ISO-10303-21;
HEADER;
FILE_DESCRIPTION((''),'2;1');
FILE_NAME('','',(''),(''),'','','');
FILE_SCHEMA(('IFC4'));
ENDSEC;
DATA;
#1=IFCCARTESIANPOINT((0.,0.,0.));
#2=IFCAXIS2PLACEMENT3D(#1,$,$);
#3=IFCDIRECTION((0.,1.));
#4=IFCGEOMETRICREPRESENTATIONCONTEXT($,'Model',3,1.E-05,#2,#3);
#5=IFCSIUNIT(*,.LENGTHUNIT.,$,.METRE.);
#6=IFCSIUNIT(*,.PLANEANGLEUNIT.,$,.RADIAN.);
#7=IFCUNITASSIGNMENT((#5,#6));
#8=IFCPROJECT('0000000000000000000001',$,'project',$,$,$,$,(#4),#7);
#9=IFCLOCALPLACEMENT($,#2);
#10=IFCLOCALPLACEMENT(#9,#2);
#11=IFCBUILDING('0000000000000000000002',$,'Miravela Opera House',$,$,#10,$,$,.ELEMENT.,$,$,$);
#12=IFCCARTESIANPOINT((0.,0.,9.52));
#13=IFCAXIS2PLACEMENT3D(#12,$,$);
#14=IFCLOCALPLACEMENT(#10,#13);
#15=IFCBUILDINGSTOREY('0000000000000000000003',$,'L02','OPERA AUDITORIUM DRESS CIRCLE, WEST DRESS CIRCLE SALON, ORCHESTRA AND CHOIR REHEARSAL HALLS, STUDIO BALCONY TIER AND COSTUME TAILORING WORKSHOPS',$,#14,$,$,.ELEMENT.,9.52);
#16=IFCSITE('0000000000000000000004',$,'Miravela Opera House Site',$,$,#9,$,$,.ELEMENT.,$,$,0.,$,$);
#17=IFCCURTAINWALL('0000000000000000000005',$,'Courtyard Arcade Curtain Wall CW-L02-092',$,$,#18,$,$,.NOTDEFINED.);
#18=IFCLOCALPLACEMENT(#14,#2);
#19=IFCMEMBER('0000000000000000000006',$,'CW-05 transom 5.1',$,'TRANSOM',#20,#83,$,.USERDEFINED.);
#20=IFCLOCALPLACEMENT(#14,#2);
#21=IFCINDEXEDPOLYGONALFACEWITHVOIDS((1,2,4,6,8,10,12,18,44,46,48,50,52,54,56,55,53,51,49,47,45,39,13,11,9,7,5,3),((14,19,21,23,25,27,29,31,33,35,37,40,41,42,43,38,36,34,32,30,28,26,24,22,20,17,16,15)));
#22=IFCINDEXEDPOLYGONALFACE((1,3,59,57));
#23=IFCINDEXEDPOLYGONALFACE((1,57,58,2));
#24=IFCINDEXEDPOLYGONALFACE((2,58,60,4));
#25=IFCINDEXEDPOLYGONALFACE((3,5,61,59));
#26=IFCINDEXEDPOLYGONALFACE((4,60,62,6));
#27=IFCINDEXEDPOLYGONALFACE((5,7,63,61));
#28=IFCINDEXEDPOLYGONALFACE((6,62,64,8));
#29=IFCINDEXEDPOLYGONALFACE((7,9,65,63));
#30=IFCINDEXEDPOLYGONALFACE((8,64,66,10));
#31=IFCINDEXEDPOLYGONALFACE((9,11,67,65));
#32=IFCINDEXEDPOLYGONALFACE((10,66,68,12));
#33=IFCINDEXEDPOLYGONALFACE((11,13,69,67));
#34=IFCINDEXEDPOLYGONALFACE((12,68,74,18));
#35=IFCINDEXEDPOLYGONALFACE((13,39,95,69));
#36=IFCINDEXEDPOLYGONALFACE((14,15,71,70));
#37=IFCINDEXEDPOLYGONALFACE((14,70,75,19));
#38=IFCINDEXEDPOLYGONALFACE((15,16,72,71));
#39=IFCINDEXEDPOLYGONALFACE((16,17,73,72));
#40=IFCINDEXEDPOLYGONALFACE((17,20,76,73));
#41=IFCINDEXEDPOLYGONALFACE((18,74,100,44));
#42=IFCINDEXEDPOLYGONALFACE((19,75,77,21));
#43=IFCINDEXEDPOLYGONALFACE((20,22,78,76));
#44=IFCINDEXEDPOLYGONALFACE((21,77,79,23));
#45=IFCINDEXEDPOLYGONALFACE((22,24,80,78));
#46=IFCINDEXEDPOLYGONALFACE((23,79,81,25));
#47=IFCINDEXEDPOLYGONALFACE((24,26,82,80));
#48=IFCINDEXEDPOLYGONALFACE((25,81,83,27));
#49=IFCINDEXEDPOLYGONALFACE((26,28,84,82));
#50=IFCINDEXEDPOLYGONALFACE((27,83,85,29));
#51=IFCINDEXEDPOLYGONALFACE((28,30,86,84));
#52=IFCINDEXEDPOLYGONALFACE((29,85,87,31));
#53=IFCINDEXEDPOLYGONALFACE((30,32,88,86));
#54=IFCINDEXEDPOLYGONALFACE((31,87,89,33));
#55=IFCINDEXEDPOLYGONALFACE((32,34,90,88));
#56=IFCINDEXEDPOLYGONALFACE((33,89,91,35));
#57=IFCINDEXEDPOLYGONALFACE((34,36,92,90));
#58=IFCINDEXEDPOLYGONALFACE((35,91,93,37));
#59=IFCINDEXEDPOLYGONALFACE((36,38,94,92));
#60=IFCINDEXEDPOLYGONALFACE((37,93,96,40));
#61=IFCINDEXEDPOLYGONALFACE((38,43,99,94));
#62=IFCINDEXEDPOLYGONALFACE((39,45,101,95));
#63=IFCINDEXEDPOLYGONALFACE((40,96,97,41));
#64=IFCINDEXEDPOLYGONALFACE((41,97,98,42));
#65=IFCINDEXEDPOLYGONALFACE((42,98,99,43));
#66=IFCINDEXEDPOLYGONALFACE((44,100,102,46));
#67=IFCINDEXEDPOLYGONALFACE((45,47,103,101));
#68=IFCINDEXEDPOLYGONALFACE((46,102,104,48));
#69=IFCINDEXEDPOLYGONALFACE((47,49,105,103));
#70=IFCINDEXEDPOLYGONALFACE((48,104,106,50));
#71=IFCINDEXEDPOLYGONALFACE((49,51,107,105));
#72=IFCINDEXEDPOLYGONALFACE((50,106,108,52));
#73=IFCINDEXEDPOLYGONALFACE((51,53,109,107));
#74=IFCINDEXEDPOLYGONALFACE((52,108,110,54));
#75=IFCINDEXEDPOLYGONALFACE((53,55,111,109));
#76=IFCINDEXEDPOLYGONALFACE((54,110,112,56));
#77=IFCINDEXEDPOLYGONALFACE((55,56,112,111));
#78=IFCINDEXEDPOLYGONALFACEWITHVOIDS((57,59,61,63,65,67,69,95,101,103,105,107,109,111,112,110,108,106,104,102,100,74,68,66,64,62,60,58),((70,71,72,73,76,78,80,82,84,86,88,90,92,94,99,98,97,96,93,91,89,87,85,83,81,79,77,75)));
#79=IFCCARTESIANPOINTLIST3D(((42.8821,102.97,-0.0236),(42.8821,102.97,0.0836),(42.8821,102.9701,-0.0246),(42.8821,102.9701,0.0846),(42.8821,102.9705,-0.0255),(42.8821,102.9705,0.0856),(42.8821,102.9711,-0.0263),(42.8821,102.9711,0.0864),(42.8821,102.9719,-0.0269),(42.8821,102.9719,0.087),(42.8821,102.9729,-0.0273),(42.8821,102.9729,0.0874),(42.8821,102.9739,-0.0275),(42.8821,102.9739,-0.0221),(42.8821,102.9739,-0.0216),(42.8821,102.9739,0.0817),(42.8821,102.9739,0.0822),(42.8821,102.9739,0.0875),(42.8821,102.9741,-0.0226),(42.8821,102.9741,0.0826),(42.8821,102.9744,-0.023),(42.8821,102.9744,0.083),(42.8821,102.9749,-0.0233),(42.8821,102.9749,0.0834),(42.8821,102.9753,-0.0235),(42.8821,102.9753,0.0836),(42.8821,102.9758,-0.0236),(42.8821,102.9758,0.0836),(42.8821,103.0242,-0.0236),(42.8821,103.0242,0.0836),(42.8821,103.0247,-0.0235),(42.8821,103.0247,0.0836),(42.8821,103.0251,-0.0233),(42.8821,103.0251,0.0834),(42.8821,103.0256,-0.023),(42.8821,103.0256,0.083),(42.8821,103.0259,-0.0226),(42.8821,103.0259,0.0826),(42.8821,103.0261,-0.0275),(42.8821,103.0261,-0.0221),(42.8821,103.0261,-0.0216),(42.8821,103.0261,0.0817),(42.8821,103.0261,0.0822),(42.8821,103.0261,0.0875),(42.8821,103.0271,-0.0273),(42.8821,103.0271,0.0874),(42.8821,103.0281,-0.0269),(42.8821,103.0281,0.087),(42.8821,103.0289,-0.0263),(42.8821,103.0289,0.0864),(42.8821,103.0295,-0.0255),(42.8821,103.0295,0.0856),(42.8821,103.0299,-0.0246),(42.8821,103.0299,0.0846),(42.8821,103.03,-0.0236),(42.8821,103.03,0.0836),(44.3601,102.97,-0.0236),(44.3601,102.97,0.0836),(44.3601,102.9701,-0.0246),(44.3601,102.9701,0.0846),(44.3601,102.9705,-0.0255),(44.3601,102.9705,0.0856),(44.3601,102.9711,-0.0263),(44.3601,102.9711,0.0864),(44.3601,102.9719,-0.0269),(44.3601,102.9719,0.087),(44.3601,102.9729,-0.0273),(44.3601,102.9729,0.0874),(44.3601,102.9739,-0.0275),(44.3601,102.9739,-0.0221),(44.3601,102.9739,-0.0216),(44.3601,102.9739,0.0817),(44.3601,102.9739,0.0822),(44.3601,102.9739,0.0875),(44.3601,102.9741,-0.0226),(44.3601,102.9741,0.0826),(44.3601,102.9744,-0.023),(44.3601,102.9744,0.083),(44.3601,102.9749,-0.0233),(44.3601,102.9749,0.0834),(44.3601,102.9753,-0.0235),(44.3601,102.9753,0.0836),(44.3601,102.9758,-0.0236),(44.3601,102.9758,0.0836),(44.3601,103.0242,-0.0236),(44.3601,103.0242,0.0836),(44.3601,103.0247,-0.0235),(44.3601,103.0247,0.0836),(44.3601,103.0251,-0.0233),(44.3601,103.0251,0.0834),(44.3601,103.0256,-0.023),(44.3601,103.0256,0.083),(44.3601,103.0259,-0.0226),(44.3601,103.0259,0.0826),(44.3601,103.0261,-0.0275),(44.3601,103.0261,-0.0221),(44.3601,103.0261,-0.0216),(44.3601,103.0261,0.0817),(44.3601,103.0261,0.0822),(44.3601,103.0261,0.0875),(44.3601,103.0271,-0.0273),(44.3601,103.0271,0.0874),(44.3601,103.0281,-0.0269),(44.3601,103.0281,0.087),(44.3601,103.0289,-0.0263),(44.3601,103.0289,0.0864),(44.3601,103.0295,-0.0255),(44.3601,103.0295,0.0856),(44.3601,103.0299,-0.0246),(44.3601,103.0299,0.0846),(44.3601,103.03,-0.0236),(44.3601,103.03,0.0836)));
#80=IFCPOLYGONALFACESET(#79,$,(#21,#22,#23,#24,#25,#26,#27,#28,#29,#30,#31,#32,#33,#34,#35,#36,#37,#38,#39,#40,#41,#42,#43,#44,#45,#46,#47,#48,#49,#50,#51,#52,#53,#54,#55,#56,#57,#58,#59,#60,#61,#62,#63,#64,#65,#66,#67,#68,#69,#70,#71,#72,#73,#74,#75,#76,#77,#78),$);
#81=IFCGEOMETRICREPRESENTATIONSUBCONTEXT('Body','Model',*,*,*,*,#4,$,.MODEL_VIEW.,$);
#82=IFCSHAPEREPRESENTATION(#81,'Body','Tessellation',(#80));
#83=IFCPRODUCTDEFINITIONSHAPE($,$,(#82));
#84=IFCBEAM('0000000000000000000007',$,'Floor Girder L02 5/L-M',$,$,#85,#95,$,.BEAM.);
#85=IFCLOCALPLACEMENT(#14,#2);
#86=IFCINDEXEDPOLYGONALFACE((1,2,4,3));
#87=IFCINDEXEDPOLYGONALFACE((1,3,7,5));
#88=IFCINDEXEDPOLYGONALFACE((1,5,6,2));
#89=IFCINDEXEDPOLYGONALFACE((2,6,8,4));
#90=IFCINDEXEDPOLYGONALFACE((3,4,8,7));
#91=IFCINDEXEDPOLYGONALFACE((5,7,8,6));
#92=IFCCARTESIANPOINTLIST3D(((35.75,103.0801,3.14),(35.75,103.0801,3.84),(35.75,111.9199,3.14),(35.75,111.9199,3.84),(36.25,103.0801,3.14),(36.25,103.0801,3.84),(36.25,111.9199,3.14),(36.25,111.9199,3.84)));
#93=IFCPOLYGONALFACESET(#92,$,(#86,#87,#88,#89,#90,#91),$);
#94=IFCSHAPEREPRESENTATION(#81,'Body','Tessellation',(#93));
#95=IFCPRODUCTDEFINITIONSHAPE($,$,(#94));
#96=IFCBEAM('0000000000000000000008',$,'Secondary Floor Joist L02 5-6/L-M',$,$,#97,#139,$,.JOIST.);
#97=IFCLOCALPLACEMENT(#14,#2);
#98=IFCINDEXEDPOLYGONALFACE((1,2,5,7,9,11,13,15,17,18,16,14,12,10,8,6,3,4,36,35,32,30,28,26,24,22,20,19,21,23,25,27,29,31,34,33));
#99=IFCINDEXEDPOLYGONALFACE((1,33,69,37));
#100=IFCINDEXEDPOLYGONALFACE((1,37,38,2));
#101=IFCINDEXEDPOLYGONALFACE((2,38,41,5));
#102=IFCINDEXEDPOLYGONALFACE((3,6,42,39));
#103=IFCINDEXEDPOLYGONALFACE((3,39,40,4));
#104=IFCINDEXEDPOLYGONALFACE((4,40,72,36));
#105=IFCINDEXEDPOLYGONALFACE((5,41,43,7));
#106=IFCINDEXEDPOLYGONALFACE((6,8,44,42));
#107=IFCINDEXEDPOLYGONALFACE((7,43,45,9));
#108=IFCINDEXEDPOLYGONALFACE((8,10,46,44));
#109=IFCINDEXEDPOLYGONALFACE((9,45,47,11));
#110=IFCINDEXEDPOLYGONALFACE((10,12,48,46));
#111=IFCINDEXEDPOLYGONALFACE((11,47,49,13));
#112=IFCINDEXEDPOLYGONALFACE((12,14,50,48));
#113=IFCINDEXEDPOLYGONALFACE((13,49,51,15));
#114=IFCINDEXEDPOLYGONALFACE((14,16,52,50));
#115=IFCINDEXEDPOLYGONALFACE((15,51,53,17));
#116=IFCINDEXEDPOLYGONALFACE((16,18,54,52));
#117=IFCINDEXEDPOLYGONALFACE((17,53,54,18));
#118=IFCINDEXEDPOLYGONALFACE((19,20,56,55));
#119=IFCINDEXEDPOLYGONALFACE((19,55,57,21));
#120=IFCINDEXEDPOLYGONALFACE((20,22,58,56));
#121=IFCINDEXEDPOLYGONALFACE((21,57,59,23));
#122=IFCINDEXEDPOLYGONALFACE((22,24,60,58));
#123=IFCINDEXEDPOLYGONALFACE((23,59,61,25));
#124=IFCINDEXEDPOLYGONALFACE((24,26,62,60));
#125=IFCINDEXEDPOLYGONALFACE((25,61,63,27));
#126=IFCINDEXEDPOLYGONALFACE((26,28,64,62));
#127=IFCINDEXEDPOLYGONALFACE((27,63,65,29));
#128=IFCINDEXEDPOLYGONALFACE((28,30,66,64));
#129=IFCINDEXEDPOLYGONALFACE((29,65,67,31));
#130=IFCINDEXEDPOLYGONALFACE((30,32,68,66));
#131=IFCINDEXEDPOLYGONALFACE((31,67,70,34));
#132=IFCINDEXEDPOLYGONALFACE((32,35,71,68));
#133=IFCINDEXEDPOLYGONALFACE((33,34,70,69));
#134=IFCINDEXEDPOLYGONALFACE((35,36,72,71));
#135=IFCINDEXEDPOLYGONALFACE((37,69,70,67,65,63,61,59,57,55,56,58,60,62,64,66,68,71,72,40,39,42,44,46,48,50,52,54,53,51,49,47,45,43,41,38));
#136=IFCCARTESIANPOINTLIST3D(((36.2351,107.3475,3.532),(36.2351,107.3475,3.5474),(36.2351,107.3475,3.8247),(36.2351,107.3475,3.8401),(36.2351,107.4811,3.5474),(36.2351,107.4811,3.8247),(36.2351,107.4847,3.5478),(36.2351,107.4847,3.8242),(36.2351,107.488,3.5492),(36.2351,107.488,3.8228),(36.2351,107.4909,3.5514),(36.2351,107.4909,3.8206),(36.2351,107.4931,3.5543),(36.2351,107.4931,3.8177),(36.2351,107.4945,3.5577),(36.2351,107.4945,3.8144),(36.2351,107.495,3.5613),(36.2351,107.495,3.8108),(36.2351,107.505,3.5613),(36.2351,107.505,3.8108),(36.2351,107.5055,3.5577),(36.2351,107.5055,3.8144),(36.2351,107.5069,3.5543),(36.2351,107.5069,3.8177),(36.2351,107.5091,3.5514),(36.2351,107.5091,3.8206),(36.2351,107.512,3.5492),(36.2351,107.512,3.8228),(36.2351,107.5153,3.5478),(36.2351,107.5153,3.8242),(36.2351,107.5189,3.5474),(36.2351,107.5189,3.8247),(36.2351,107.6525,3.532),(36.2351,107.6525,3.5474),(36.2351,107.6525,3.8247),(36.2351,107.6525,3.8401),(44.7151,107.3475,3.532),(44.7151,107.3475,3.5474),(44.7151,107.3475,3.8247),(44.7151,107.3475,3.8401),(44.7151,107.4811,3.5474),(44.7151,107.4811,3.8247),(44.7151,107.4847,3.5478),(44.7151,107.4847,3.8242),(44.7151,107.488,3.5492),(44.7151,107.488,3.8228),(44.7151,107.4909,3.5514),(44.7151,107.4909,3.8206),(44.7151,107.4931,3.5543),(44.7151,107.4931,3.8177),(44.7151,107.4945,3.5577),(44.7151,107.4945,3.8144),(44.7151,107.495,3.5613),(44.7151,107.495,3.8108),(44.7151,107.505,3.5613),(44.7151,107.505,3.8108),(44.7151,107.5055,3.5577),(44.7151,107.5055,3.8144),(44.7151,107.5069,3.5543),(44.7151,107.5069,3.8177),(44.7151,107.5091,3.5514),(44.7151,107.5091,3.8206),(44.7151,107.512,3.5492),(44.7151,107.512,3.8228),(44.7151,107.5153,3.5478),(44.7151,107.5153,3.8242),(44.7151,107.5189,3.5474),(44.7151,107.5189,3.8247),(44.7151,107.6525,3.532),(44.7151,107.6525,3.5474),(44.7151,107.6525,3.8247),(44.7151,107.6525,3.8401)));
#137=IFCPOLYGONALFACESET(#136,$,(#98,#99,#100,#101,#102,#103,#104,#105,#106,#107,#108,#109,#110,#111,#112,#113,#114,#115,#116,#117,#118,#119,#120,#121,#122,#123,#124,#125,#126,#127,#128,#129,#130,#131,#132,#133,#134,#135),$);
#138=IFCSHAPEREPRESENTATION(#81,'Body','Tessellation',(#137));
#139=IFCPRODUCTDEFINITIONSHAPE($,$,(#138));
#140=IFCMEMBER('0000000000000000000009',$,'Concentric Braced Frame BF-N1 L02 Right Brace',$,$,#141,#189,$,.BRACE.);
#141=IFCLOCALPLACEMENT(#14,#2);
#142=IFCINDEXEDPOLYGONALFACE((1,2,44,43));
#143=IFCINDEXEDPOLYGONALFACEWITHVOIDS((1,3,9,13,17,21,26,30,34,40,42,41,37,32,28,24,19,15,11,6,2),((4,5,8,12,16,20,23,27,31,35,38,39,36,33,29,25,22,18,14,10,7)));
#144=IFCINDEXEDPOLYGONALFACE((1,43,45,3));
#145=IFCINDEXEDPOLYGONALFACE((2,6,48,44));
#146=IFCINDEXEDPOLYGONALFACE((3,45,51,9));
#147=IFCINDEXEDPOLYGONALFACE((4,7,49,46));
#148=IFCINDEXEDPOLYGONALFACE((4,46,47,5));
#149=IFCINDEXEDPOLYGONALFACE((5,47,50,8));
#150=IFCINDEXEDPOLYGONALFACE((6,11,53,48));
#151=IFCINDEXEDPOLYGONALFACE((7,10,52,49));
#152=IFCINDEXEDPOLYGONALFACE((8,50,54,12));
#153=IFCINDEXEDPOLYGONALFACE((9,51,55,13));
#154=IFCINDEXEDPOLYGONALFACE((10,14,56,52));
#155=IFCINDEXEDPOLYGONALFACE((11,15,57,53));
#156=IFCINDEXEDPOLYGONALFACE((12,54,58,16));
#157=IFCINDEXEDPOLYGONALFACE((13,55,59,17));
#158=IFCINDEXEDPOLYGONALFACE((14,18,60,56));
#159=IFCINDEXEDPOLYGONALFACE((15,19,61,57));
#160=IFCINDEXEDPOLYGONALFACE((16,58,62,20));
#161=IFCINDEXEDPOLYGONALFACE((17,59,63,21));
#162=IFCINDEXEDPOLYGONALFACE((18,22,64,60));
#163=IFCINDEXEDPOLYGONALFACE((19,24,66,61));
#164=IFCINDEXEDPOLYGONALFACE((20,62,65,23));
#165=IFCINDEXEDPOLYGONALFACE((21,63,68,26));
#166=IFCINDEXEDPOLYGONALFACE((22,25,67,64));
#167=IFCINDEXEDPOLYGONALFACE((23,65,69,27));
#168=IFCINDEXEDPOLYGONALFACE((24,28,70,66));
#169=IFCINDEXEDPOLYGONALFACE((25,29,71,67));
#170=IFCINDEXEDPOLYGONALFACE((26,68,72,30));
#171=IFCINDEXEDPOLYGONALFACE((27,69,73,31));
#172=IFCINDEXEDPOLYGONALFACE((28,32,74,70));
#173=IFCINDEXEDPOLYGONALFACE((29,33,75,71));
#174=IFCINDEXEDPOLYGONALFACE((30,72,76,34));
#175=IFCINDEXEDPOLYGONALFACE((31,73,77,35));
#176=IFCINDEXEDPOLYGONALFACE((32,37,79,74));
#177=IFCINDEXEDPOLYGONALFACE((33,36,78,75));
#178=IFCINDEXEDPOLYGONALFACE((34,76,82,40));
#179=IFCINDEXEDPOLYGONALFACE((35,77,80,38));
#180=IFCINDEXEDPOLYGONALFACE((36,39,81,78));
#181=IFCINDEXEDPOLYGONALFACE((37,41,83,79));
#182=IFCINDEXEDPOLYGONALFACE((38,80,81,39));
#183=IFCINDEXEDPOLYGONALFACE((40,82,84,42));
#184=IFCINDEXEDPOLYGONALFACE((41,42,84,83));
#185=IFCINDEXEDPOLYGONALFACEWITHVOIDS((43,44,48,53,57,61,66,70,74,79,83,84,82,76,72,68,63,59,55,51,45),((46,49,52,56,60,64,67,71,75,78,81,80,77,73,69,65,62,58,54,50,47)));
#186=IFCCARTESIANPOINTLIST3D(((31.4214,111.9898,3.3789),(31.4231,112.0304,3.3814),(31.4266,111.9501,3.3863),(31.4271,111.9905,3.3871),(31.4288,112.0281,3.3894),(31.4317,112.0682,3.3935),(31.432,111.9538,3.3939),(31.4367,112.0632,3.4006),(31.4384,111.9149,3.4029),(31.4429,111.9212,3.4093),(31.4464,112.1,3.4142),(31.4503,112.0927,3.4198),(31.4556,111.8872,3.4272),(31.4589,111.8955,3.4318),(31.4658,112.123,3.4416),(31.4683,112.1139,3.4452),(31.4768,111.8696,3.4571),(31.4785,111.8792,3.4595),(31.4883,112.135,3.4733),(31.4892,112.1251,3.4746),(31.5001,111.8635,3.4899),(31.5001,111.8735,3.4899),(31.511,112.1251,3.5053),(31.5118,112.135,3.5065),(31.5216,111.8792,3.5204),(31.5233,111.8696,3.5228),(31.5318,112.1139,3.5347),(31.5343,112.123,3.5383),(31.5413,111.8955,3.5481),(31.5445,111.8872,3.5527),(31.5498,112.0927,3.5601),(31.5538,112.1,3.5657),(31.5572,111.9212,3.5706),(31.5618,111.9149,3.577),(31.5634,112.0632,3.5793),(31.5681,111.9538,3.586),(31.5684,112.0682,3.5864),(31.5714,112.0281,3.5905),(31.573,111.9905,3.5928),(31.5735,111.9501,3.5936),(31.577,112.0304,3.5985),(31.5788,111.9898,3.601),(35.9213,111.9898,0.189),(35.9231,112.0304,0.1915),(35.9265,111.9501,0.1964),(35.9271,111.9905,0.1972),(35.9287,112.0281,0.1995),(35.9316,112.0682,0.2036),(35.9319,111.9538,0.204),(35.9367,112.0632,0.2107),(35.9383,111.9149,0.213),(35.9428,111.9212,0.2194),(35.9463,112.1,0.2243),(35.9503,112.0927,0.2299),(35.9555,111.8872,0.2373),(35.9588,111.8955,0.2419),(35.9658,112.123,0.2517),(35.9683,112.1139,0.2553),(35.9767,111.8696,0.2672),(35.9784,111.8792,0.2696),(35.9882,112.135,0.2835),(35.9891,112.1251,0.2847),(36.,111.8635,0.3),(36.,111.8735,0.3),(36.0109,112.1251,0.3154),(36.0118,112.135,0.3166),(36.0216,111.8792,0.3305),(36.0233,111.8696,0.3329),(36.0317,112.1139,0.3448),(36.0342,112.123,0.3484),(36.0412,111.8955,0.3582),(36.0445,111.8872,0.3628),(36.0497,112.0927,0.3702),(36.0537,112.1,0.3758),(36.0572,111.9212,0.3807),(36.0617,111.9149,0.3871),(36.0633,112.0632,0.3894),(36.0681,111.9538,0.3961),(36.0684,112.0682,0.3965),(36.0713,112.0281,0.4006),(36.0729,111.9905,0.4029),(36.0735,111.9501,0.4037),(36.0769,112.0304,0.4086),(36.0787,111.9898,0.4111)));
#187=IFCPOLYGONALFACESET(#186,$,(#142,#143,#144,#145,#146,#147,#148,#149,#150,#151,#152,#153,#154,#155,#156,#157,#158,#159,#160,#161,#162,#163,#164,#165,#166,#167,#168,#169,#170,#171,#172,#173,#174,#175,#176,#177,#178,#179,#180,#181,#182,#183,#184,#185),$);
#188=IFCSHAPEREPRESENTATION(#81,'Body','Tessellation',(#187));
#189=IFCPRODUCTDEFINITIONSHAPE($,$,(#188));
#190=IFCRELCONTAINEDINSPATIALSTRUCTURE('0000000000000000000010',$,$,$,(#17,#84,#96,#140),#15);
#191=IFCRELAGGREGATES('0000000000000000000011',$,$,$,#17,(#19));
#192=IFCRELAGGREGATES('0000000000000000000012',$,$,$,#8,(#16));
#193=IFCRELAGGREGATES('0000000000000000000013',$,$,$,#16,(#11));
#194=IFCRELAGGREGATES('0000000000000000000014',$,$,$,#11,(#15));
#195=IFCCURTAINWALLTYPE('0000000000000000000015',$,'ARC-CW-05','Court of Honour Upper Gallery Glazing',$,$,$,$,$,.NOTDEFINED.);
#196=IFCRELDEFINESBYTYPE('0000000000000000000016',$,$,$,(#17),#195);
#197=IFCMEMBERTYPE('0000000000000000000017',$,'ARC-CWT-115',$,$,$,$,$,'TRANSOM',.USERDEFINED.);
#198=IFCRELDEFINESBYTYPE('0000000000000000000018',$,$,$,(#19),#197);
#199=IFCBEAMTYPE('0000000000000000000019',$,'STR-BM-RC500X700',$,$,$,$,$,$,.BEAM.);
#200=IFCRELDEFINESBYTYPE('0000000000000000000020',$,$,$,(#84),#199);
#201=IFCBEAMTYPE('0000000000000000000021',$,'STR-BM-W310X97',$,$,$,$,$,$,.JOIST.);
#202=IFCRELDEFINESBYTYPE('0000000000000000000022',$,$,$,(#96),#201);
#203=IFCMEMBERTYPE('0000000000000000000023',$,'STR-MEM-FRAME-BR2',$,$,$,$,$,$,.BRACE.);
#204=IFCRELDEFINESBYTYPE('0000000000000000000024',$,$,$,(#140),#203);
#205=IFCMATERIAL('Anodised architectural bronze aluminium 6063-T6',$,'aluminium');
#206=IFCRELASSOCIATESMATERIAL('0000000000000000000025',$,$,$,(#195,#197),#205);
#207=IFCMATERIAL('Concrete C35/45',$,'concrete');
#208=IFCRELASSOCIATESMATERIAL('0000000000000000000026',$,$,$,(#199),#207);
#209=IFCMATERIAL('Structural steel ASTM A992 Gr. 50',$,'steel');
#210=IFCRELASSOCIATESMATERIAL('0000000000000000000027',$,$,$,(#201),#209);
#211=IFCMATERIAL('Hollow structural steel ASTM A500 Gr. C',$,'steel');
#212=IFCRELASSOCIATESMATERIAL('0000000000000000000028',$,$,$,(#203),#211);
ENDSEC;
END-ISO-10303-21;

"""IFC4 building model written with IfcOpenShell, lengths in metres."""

from ifc_helpers import new_model, si_unit, direction, frame, origin, origin_2d, place, context, subcontext, project, spatial, rectangle, hollow_rectangle, hollow_circle, i_section, extrude, material, material_profile, profile_set, type_object, element, aggregate, save


model = new_model("IFC4")

# Units and contexts
model_context = context("Model", 3, precision=1e-05, world=origin(), true_north=direction((0.0, 1.0)))
body_context = subcontext(model_context, "Body", "Model", "MODEL_VIEW")
ifc_project = project(units=[si_unit("LENGTHUNIT", "METRE"), si_unit("PLANEANGLEUNIT", "RADIAN")], contexts=[model_context])

# Site, building, storey
site_placement = place(None, origin())
site = spatial("IfcSite", under=ifc_project, at=site_placement, Name="Miravela Opera House Site", CompositionType="ELEMENT", RefElevation=0.0)
building_placement = place(site_placement, origin())
building = spatial("IfcBuilding", under=site, at=building_placement, Name="Miravela Opera House", CompositionType="ELEMENT")
storey_placement = place(building_placement, frame((0.0, 0.0, 9.52)))
storey = spatial("IfcBuildingStorey", under=building, at=storey_placement, Name="L02", Description="OPERA AUDITORIUM DRESS CIRCLE, WEST DRESS CIRCLE SALON, ORCHESTRA AND CHOIR REHEARSAL HALLS, STUDIO BALCONY TIER AND COSTUME TAILORING WORKSHOPS", CompositionType="ELEMENT", Elevation=9.52)

# Shared definitions
ifc_material_1 = material(Name="Concrete C35/45", Category="concrete")

# Curtain wall, member
ifc_material_2 = material(Name="Anodised architectural bronze aluminium 6063-T6", Category="aluminium")
curtain_wall_type = type_object("IfcCurtainWallType", Name="ARC-CW-05", Description="Court of Honour Upper Gallery Glazing", PredefinedType="NOTDEFINED", material=ifc_material_2)
curtain_wall_placement = place(storey_placement, origin())
curtain_wall = element("IfcCurtainWall", 1, at=curtain_wall_placement, inside=storey, type_object=curtain_wall_type, Name="Courtyard Arcade Curtain Wall CW-L02-092", PredefinedType="NOTDEFINED")
ifc_material_profile_1 = material_profile(ifc_material_2, hollow_rectangle(XDim=0.0601, YDim=0.115, WallThickness=0.0039, InnerFilletRadius=0.002, OuterFilletRadius=0.0039, at=origin_2d()), Name="CWT-60X115")
ifc_profile_set_1 = profile_set([ifc_material_profile_1])
member_type_1 = type_object("IfcMemberType", Name="ARC-CWT-115", ElementType="TRANSOM", PredefinedType="USERDEFINED", material=ifc_profile_set_1)
member_1_placement = place(storey_placement, frame((42.8821, 103.0, 0.03), z_axis=(1.0, 0.0, 0.0), x_axis=(0.0, 1.0, 0.0)))
member_1 = element("IfcMember", 2, at=member_1_placement, type_object=member_type_1, Name="CW-05 transom 5.1", ObjectType="TRANSOM", PredefinedType="USERDEFINED", context=body_context, shape_type="SweptSolid", body=[
    extrude(hollow_rectangle(XDim=0.0601, YDim=0.115, WallThickness=0.0039, InnerFilletRadius=0.002, OuterFilletRadius=0.0039, at=origin_2d()), origin(), (0.0, 0.0, 1.0), 1.478),
])

# Beams
ifc_material_profile_2 = material_profile(ifc_material_1, rectangle(XDim=0.5, YDim=0.7, at=origin_2d()), Name="RC-BM-500X700")
ifc_profile_set_2 = profile_set([ifc_material_profile_2])
beam_type_1 = type_object("IfcBeamType", Name="STR-BM-RC500X700", PredefinedType="BEAM", material=ifc_profile_set_2)
beam_1_placement = place(storey_placement, frame((36.0, 103.0801, 3.49), z_axis=(0.0, 1.0, 0.0), x_axis=(-1.0, 0.0, 0.0)))
element("IfcBeam", 3, at=beam_1_placement, inside=storey, type_object=beam_type_1, Name="Floor Girder L02 5/L-M", PredefinedType="BEAM", context=body_context, shape_type="SweptSolid", body=[
    extrude(rectangle(XDim=0.5, YDim=0.7, at=origin_2d()), origin(), (0.0, 0.0, 1.0), 8.8398),
])
ifc_material_3 = material(Name="Structural steel ASTM A992 Gr. 50", Category="steel")
ifc_material_profile_3 = material_profile(ifc_material_3, i_section(OverallWidth=0.3049, OverallDepth=0.3081, WebThickness=0.01, FlangeThickness=0.0154, FilletRadius=0.0139, at=origin_2d()), Name="W310X97")
ifc_profile_set_3 = profile_set([ifc_material_profile_3])
beam_type_2 = type_object("IfcBeamType", Name="STR-BM-W310X97", PredefinedType="JOIST", material=ifc_profile_set_3)
beam_2_placement = place(storey_placement, frame((36.2351, 107.5, 3.686), z_axis=(1.0, 0.0, 0.0), x_axis=(0.0, 1.0, 0.0)))
element("IfcBeam", 4, at=beam_2_placement, inside=storey, type_object=beam_type_2, Name="Secondary Floor Joist L02 5-6/L-M", PredefinedType="JOIST", context=body_context, shape_type="SweptSolid", body=[
    extrude(i_section(OverallWidth=0.3049, OverallDepth=0.3081, WebThickness=0.01, FlangeThickness=0.0154, FilletRadius=0.0139, at=origin_2d()), origin(), (0.0, 0.0, 1.0), 8.48),
])

# Member
ifc_material_4 = material(Name="Hollow structural steel ASTM A500 Gr. C", Category="steel")
ifc_material_profile_4 = material_profile(ifc_material_4, hollow_circle(Radius=0.1365, WallThickness=0.01, at=origin_2d()), Name="CHS273X10")
ifc_profile_set_4 = profile_set([ifc_material_profile_4])
member_type_2 = type_object("IfcMemberType", Name="STR-MEM-FRAME-BR2", PredefinedType="BRACE", material=ifc_profile_set_4)
member_2_placement = place(storey_placement, frame((36.0, 112.0, 0.3), z_axis=(-0.815816, 0.0, 0.578312), x_axis=(0.0, -1.0, 0.0)))
element("IfcMember", 5, at=member_2_placement, inside=storey, type_object=member_type_2, Name="Concentric Braced Frame BF-N1 L02 Right Brace", PredefinedType="BRACE", context=body_context, shape_type="SweptSolid", body=[
    extrude(hollow_circle(Radius=0.1365, WallThickness=0.01, at=origin_2d()), origin(), (0.0, 0.0, 1.0), 5.5159),
])

aggregate(curtain_wall, [member_1])

save(model, "model.ifc")
